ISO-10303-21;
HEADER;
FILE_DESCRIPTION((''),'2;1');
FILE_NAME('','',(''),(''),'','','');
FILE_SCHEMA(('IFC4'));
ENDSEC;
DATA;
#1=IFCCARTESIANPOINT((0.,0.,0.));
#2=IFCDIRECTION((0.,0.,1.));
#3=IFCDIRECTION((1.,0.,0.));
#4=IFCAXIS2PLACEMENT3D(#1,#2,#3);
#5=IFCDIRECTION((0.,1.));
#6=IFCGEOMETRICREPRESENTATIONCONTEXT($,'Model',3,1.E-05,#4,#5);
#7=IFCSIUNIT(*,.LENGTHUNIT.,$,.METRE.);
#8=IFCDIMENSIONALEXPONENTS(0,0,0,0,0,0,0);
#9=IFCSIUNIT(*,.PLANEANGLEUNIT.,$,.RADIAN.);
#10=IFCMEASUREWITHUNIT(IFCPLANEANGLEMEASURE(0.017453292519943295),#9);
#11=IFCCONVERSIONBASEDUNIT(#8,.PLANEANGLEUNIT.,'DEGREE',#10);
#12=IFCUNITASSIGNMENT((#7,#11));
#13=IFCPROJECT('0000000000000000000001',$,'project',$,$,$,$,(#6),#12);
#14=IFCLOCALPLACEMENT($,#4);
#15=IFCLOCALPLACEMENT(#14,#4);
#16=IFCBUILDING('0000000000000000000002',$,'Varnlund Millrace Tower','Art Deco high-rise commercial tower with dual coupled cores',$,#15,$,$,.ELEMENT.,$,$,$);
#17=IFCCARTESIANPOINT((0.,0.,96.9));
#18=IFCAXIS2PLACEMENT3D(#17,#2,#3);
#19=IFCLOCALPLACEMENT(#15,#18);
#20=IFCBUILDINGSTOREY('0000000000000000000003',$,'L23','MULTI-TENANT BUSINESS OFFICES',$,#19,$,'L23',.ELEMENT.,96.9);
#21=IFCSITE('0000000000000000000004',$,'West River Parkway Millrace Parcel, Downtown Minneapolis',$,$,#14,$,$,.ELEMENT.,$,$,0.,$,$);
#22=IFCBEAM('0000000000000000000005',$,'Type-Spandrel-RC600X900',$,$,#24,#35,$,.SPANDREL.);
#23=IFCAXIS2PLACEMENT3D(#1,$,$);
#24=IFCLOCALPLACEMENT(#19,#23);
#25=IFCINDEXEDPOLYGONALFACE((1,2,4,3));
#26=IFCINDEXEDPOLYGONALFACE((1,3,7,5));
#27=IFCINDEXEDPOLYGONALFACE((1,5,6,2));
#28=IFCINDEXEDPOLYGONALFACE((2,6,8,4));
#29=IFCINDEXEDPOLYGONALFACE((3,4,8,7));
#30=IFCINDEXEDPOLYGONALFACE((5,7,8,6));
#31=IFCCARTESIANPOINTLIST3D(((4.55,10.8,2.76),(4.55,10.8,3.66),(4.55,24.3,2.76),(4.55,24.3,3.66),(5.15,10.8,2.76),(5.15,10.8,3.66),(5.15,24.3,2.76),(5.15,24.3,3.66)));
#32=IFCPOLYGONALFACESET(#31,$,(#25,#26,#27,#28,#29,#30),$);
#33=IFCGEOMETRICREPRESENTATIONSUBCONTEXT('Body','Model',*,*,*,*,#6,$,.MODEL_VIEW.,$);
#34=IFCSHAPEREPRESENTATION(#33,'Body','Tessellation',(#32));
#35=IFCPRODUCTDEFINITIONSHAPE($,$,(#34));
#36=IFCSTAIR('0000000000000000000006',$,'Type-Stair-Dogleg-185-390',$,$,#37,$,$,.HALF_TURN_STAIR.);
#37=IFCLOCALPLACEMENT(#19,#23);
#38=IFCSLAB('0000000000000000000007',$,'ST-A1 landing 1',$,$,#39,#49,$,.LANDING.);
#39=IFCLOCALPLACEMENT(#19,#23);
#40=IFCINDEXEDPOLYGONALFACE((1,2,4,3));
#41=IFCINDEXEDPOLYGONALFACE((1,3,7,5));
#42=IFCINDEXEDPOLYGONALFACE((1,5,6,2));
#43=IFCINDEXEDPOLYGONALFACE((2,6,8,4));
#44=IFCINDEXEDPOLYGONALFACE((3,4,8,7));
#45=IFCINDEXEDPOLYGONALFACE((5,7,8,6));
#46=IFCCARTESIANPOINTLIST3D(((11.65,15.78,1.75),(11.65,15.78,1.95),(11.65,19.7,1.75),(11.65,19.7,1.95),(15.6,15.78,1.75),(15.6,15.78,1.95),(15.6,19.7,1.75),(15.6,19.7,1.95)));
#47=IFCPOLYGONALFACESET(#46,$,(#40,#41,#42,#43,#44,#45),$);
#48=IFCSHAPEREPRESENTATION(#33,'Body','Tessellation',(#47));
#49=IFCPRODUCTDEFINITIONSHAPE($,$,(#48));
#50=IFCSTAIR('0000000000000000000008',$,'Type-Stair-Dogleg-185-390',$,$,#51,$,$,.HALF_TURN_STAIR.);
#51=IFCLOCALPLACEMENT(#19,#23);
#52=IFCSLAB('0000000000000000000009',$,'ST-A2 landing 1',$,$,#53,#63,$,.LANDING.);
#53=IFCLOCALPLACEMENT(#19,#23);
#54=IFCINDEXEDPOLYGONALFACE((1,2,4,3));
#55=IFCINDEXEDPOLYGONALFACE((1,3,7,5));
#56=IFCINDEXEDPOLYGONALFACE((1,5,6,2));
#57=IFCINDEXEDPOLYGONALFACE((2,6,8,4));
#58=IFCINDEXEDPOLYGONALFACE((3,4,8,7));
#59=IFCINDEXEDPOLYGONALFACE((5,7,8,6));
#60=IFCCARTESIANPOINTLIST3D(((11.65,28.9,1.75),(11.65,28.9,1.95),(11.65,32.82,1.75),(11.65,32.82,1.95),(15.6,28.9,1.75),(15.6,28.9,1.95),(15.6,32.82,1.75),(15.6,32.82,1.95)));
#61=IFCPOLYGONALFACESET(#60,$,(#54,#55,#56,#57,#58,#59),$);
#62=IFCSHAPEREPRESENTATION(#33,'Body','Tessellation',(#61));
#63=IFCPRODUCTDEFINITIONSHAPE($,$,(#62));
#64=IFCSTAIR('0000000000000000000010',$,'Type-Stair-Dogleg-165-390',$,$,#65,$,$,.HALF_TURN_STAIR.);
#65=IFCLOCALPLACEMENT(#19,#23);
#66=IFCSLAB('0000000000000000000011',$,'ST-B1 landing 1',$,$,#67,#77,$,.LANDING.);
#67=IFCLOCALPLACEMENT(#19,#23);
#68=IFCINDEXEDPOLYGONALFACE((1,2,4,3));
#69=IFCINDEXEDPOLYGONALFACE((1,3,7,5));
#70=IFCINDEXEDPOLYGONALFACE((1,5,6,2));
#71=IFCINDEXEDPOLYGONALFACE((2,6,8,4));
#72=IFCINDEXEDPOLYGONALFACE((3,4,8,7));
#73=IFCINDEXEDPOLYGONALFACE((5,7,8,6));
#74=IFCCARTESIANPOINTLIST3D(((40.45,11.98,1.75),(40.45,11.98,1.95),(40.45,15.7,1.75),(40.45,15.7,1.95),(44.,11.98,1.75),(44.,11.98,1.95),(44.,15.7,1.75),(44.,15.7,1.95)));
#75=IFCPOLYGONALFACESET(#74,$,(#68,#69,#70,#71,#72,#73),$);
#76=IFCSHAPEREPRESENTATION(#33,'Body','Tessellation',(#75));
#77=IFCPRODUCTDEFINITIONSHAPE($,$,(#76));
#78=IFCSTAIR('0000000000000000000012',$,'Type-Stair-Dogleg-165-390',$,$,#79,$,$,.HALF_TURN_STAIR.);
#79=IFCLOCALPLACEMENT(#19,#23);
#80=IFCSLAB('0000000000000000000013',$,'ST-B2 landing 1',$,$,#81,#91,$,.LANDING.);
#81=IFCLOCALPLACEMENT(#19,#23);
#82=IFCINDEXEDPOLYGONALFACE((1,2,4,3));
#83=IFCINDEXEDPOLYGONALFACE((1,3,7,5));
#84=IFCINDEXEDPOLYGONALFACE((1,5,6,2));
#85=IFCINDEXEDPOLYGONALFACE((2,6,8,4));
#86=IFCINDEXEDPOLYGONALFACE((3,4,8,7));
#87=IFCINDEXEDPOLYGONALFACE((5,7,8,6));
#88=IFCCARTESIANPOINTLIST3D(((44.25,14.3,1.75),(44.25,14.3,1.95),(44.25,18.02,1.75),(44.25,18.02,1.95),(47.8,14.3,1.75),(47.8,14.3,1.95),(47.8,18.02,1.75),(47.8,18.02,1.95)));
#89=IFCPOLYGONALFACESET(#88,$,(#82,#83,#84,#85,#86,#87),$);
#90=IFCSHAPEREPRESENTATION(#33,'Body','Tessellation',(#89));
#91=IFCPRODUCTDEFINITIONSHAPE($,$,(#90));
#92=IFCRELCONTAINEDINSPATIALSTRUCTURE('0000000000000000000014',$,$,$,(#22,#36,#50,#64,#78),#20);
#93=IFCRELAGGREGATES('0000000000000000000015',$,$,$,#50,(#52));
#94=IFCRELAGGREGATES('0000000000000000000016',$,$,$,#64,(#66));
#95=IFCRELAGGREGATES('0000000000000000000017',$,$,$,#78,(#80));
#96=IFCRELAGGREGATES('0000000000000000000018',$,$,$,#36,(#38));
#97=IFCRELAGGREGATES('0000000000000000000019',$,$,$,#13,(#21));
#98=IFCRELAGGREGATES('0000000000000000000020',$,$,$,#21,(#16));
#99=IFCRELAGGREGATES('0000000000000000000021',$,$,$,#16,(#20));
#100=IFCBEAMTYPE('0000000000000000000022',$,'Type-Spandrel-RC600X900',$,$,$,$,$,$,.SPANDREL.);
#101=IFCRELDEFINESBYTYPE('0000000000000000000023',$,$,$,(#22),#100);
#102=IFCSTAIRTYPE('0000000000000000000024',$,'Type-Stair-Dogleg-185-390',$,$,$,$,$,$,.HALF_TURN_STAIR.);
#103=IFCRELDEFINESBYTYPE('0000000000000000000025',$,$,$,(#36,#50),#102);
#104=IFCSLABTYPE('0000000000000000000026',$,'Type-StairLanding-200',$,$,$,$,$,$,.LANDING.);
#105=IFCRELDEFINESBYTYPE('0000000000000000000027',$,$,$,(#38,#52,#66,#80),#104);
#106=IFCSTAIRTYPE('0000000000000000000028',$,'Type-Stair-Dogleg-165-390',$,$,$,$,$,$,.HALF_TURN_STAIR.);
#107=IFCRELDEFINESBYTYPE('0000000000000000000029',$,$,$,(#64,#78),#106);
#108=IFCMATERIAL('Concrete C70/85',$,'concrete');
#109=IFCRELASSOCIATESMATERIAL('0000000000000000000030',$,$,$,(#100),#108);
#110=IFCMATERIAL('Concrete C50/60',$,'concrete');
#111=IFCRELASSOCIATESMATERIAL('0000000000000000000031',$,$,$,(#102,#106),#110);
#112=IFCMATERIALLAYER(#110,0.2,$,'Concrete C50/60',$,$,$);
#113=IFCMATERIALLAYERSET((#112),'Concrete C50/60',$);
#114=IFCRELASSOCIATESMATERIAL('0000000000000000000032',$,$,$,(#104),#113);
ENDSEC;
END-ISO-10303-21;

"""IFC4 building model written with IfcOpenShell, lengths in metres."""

from ifc_helpers import new_model, entity, si_unit, converted_unit, direction, frame, origin_with_axes, origin_2d_with_axis, place, context, subcontext, project, spatial, polyline, rectangle, outline, extrude, material, layer, layer_set, material_profile, profile_set, type_object, element, aggregate, save


model = new_model("IFC4")

# Units and contexts
model_context = context("Model", 3, precision=1e-05, world=origin_with_axes(), true_north=direction((0.0, 1.0)))
body_context = subcontext(model_context, "Body", "Model", "MODEL_VIEW")
ifc_project = project(units=[si_unit("LENGTHUNIT", "METRE"), converted_unit("PLANEANGLEUNIT", "DEGREE", entity("IfcPlaneAngleMeasure", 0.017453292519943295), si_unit("PLANEANGLEUNIT", "RADIAN"), dimensions=[0, 0, 0, 0, 0, 0, 0])], contexts=[model_context])

# Site, building, storey
site_placement = place(None, origin_with_axes())
site = spatial("IfcSite", under=ifc_project, at=site_placement, Name="West River Parkway Millrace Parcel, Downtown Minneapolis", CompositionType="ELEMENT", RefElevation=0.0)
building_placement = place(site_placement, origin_with_axes())
building = spatial("IfcBuilding", under=site, at=building_placement, Name="Varnlund Millrace Tower", Description="Art Deco high-rise commercial tower with dual coupled cores", CompositionType="ELEMENT")
storey_placement = place(building_placement, frame((0.0, 0.0, 96.9), z_axis=(0.0, 0.0, 1.0), x_axis=(1.0, 0.0, 0.0)))
storey = spatial("IfcBuildingStorey", under=building, at=storey_placement, Name="L23", Description="MULTI-TENANT BUSINESS OFFICES", LongName="L23", CompositionType="ELEMENT", Elevation=96.9)

# Beam
ifc_material_1 = material(Name="Concrete C70/85", Category="concrete")
ifc_material_profile_1 = material_profile(ifc_material_1, rectangle(XDim=0.6, YDim=0.9, at=origin_2d_with_axis()), Name="Concrete C70/85")
ifc_profile_set_1 = profile_set([ifc_material_profile_1], Name="Concrete C70/85")
beam_type_1 = type_object("IfcBeamType", Name="Type-Spandrel-RC600X900", PredefinedType="SPANDREL", material=ifc_profile_set_1)
beam_1_placement = place(storey_placement, frame((4.85, 10.8, 3.21), z_axis=(0.0, 1.0, 0.0), x_axis=(-1.0, 0.0, 0.0)))
element("IfcBeam", 1, at=beam_1_placement, inside=storey, type_object=beam_type_1, Name="Type-Spandrel-RC600X900", PredefinedType="SPANDREL", context=body_context, shape_type="SweptSolid", body=[
    extrude(rectangle(XDim=0.6, YDim=0.9, at=origin_2d_with_axis()), origin_with_axes(), (0.0, 0.0, 1.0), 13.5),
])

# Stairs, slabs
ifc_material_2 = material(Name="Concrete C50/60", Category="concrete")
stair_type_1 = type_object("IfcStairType", Name="Type-Stair-Dogleg-185-390", PredefinedType="HALF_TURN_STAIR", material=ifc_material_2)
stair_1_placement = place(storey_placement, origin_with_axes())
stair_1 = element("IfcStair", 2, at=stair_1_placement, inside=storey, type_object=stair_type_1, Name="Type-Stair-Dogleg-185-390", PredefinedType="HALF_TURN_STAIR")
ifc_layer_1 = layer(ifc_material_2, 0.2, Name="Concrete C50/60")
ifc_layer_set_1 = layer_set([ifc_layer_1], Name="Concrete C50/60")
slab_type = type_object("IfcSlabType", Name="Type-StairLanding-200", PredefinedType="LANDING", material=ifc_layer_set_1)
slab_1_placement = place(storey_placement, frame((0.0, 0.0, 1.75), z_axis=(0.0, 0.0, 1.0), x_axis=(1.0, 0.0, 0.0)))
slab_1 = element("IfcSlab", 3, at=slab_1_placement, type_object=slab_type, Name="ST-A1 landing 1", PredefinedType="LANDING", context=body_context, shape_type="SweptSolid", body=[
    extrude(outline(polyline([(15.6, 15.78), (15.6, 19.7), (11.65, 19.7), (11.65, 15.78), (15.6, 15.78)])), origin_with_axes(), (0.0, 0.0, 1.0), 0.2),
])
stair_2_placement = place(storey_placement, origin_with_axes())
stair_2 = element("IfcStair", 4, at=stair_2_placement, inside=storey, type_object=stair_type_1, Name="Type-Stair-Dogleg-185-390", PredefinedType="HALF_TURN_STAIR")
slab_2_placement = place(storey_placement, frame((0.0, 0.0, 1.75), z_axis=(0.0, 0.0, 1.0), x_axis=(1.0, 0.0, 0.0)))
slab_2 = element("IfcSlab", 5, at=slab_2_placement, type_object=slab_type, Name="ST-A2 landing 1", PredefinedType="LANDING", context=body_context, shape_type="SweptSolid", body=[
    extrude(outline(polyline([(11.65, 32.82), (11.65, 28.9), (15.6, 28.9), (15.6, 32.82), (11.65, 32.82)])), origin_with_axes(), (0.0, 0.0, 1.0), 0.2),
])
aggregate(stair_2, [slab_2])
stair_type_2 = type_object("IfcStairType", Name="Type-Stair-Dogleg-165-390", PredefinedType="HALF_TURN_STAIR", material=ifc_material_2)
stair_3_placement = place(storey_placement, origin_with_axes())
stair_3 = element("IfcStair", 6, at=stair_3_placement, inside=storey, type_object=stair_type_2, Name="Type-Stair-Dogleg-165-390", PredefinedType="HALF_TURN_STAIR")
slab_3_placement = place(storey_placement, frame((0.0, 0.0, 1.75), z_axis=(0.0, 0.0, 1.0), x_axis=(1.0, 0.0, 0.0)))
slab_3 = element("IfcSlab", 7, at=slab_3_placement, type_object=slab_type, Name="ST-B1 landing 1", PredefinedType="LANDING", context=body_context, shape_type="SweptSolid", body=[
    extrude(outline(polyline([(44.0, 11.98), (44.0, 15.7), (40.45, 15.7), (40.45, 11.98), (44.0, 11.98)])), origin_with_axes(), (0.0, 0.0, 1.0), 0.2),
])
aggregate(stair_3, [slab_3])
stair_4_placement = place(storey_placement, origin_with_axes())
stair_4 = element("IfcStair", 8, at=stair_4_placement, inside=storey, type_object=stair_type_2, Name="Type-Stair-Dogleg-165-390", PredefinedType="HALF_TURN_STAIR")
slab_4_placement = place(storey_placement, frame((0.0, 0.0, 1.75), z_axis=(0.0, 0.0, 1.0), x_axis=(1.0, 0.0, 0.0)))
slab_4 = element("IfcSlab", 9, at=slab_4_placement, type_object=slab_type, Name="ST-B2 landing 1", PredefinedType="LANDING", context=body_context, shape_type="SweptSolid", body=[
    extrude(outline(polyline([(44.25, 18.02), (44.25, 14.3), (47.8, 14.3), (47.8, 18.02), (44.25, 18.02)])), origin_with_axes(), (0.0, 0.0, 1.0), 0.2),
])
aggregate(stair_4, [slab_4])

aggregate(stair_1, [slab_1])

save(model, "model.ifc")
